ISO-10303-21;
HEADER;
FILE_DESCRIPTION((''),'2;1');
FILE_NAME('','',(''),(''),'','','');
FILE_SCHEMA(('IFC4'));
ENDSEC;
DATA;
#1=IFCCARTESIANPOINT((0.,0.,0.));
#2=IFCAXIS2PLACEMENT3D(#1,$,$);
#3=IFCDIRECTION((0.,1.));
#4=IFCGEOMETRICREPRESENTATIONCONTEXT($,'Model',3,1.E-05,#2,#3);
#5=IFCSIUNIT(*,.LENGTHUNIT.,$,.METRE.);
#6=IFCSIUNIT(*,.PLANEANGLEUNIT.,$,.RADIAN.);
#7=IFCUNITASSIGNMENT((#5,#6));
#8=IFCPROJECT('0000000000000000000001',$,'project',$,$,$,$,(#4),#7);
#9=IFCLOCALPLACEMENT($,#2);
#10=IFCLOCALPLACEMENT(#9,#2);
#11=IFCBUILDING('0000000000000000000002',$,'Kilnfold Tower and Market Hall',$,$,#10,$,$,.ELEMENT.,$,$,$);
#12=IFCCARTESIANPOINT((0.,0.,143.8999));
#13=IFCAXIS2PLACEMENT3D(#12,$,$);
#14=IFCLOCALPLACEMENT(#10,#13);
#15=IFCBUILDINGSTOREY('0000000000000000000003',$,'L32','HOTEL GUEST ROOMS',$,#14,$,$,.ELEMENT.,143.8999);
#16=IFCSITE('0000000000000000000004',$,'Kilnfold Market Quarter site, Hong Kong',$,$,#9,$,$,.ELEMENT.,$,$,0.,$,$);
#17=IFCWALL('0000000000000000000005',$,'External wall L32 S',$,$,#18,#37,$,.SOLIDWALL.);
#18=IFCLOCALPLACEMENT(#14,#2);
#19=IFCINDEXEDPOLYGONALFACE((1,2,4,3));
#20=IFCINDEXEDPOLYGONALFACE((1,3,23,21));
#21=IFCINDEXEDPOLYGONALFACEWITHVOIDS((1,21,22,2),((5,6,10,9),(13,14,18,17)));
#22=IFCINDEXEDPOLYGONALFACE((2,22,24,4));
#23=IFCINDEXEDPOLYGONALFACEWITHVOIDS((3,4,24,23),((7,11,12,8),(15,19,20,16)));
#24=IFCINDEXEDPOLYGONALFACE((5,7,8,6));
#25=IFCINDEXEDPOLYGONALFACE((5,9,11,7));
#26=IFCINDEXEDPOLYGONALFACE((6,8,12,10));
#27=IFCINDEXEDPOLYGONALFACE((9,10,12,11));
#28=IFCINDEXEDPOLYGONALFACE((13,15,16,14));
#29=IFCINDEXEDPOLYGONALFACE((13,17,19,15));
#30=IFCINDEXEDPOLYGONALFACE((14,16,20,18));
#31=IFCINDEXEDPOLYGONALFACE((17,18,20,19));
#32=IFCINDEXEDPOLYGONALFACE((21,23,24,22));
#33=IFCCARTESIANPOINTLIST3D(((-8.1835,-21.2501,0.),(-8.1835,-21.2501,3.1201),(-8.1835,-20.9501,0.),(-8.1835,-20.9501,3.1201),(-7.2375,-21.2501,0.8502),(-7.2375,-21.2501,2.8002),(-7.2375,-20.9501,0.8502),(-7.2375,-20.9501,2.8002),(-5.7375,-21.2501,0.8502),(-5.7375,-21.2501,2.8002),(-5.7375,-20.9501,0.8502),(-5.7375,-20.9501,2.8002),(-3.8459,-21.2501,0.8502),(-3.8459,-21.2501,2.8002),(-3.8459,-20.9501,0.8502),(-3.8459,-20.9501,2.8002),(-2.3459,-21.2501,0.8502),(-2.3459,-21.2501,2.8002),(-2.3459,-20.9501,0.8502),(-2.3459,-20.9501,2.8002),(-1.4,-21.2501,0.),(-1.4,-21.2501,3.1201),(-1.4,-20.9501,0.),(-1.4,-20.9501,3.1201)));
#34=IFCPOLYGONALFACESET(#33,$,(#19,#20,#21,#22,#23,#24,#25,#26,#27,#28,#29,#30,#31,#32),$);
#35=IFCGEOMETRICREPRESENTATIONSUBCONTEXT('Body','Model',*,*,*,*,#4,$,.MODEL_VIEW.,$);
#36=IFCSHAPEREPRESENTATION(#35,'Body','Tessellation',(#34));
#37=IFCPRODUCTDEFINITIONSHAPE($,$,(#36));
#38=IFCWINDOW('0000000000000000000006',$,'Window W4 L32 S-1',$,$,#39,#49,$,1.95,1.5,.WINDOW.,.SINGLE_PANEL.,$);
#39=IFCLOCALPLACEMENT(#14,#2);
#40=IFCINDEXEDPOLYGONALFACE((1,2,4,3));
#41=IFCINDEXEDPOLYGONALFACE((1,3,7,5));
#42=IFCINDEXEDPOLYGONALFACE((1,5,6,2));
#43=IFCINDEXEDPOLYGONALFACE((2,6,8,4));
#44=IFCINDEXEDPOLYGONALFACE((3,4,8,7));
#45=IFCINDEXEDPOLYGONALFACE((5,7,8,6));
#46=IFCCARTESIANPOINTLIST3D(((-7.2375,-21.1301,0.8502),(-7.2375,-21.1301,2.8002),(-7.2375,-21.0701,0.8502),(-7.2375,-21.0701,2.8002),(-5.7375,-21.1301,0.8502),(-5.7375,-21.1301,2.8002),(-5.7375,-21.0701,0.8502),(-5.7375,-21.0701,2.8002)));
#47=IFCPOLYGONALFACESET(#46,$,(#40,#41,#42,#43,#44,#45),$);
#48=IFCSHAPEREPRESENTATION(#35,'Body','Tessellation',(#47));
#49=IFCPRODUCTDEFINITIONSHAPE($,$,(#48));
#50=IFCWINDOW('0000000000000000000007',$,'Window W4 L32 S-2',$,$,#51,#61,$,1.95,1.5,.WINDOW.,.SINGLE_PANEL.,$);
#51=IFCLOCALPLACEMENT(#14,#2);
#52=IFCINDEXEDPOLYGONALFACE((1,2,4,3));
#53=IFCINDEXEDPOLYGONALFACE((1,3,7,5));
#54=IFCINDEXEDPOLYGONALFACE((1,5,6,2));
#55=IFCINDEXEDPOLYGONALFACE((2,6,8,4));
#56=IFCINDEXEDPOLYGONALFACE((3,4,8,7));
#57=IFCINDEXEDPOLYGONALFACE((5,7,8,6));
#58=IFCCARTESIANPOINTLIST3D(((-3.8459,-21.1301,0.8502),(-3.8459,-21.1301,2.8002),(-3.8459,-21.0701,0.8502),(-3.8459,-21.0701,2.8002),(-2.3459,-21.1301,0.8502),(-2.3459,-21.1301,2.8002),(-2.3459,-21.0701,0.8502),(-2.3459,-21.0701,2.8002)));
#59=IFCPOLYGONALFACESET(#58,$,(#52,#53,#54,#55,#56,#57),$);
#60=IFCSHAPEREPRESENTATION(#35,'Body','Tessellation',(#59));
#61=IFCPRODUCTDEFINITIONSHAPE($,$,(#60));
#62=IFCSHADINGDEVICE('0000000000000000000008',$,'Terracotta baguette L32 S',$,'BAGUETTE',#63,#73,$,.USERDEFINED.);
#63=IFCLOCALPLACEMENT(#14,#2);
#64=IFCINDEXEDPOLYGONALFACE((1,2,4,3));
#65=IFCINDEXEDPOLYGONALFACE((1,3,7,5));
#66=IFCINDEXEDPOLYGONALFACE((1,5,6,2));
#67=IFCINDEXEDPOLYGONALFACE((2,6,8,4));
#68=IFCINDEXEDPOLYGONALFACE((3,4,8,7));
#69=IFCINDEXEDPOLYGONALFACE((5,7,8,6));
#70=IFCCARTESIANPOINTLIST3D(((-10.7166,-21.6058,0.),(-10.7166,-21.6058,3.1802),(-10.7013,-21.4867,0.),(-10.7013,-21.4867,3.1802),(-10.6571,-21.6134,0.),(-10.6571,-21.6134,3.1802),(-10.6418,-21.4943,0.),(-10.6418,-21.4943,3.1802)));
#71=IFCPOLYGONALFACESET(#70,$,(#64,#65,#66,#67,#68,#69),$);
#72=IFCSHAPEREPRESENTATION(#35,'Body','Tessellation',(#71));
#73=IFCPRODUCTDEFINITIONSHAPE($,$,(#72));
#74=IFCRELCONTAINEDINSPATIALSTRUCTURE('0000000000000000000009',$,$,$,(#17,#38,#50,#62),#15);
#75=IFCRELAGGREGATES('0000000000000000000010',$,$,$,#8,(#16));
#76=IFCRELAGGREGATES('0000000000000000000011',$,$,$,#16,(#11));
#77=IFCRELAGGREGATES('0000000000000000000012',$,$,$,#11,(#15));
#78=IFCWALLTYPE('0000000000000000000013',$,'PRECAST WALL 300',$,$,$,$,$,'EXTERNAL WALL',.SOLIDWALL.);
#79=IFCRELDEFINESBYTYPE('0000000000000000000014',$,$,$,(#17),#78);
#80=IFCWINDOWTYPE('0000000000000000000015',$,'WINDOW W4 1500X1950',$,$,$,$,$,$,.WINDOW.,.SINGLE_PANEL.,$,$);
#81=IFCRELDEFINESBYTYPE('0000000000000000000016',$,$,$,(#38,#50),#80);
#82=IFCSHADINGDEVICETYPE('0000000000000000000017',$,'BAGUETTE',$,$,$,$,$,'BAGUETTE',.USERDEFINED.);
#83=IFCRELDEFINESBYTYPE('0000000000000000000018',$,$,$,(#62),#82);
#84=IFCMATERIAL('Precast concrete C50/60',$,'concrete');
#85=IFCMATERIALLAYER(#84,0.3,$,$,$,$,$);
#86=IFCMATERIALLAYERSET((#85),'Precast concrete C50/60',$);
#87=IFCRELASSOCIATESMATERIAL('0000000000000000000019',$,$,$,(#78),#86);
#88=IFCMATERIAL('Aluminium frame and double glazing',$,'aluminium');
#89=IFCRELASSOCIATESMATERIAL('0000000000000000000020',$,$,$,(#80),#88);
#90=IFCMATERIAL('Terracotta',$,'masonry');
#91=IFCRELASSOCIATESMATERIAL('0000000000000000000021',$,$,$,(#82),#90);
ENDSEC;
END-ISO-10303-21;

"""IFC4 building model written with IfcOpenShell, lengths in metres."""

from ifc_helpers import new_model, si_unit, direction, frame, frame_2d, origin, origin_2d, place, context, subcontext, project, spatial, rectangle, extrude, source, transform, mapped, material, layer, layer_set, material_profile, profile_set, type_object, element, fill, save


model = new_model("IFC4")

# Units and contexts
model_context = context("Model", 3, precision=1e-05, world=origin(), true_north=direction((0.0, 1.0)))
body_context = subcontext(model_context, "Body", "Model", "MODEL_VIEW")
ifc_project = project(units=[si_unit("LENGTHUNIT", "METRE"), si_unit("PLANEANGLEUNIT", "RADIAN")], contexts=[model_context])

# Site, building, storey
site_placement = place(None, origin())
site = spatial("IfcSite", under=ifc_project, at=site_placement, Name="Kilnfold Market Quarter site, Hong Kong", CompositionType="ELEMENT", RefElevation=0.0)
building_placement = place(site_placement, origin())
building = spatial("IfcBuilding", under=site, at=building_placement, Name="Kilnfold Tower and Market Hall", CompositionType="ELEMENT")
storey_placement = place(building_placement, frame((0.0, 0.0, 143.8999)))
storey = spatial("IfcBuildingStorey", under=building, at=storey_placement, Name="L32", Description="HOTEL GUEST ROOMS", CompositionType="ELEMENT", Elevation=143.8999)

# Wall, openings, windows
ifc_material_1 = material(Name="Precast concrete C50/60", Category="concrete")
ifc_layer_1 = layer(ifc_material_1, 0.3)
ifc_layer_set_1 = layer_set([ifc_layer_1], Name="Precast concrete C50/60")
wall_type_1 = type_object("IfcWallType", Name="PRECAST WALL 300", ElementType="EXTERNAL WALL", PredefinedType="SOLIDWALL", material=ifc_layer_set_1)
shared_shape_1 = source(origin(), body_context, "Body", "SweptSolid", [
    extrude(rectangle(XDim=6.7834, YDim=0.3, at=frame_2d((3.3916, 0.0))), origin(), (0.0, 0.0, 1.0), 3.1201),
])
wall_1_placement = place(storey_placement, frame((-8.1833, -21.1001, 0.0), z_axis=(0.0, 0.0, 1.0), x_axis=(1.0, 0.0, 0.0)))
wall_1 = element("IfcWall", 1, at=wall_1_placement, inside=storey, type_object=wall_type_1, Name="External wall L32 S", PredefinedType="SOLIDWALL", context=body_context, shape_type="MappedRepresentation", body=[
    mapped(shared_shape_1, transform((0.0, 0.0, 0.0))),
])
opening_1_placement = place(wall_1_placement, frame((0.9458, 0.0, 0.8501)))
opening_1 = element("IfcOpeningElement", 2, at=opening_1_placement, cuts=wall_1, PredefinedType="OPENING", context=body_context, shape_type="SweptSolid", body=[
    extrude(rectangle(XDim=1.5, YDim=1.95, at=frame_2d((0.75, 0.9751))), frame((0.0, 0.1602, 0.0), z_axis=(0.0, -1.0, 0.0), x_axis=(1.0, 0.0, 0.0)), (0.0, 0.0, 1.0), 0.3201),
])
opening_2_placement = place(wall_1_placement, frame((4.3374, 0.0, 0.8501)))
opening_2 = element("IfcOpeningElement", 3, at=opening_2_placement, cuts=wall_1, PredefinedType="OPENING", context=body_context, shape_type="SweptSolid", body=[
    extrude(rectangle(XDim=1.5, YDim=1.95, at=frame_2d((0.75, 0.9751))), frame((0.0, 0.1602, 0.0), z_axis=(0.0, -1.0, 0.0), x_axis=(1.0, 0.0, 0.0)), (0.0, 0.0, 1.0), 0.3201),
])
ifc_material_2 = material(Name="Aluminium frame and double glazing", Category="aluminium")
window_type = type_object("IfcWindowType", Name="WINDOW W4 1500X1950", PartitioningType="SINGLE_PANEL", PredefinedType="WINDOW", material=ifc_material_2)
window_1_placement = place(opening_1_placement, origin())
window_1 = element("IfcWindow", 4, at=window_1_placement, inside=storey, type_object=window_type, Name="Window W4 L32 S-1", OverallHeight=1.95, OverallWidth=1.5, PartitioningType="SINGLE_PANEL", PredefinedType="WINDOW", context=body_context, shape_type="SweptSolid", body=[
    extrude(rectangle(XDim=1.5, YDim=1.95, at=frame_2d((0.75, 0.9751))), frame((0.0, 0.03, 0.0), z_axis=(0.0, -1.0, 0.0), x_axis=(1.0, 0.0, 0.0)), (0.0, 0.0, 1.0), 0.0601),
])
fill(opening_1, window_1)
window_2_placement = place(opening_2_placement, origin())
window_2 = element("IfcWindow", 5, at=window_2_placement, inside=storey, type_object=window_type, Name="Window W4 L32 S-2", OverallHeight=1.95, OverallWidth=1.5, PartitioningType="SINGLE_PANEL", PredefinedType="WINDOW", context=body_context, shape_type="SweptSolid", body=[
    extrude(rectangle(XDim=1.5, YDim=1.95, at=frame_2d((0.75, 0.9751))), frame((0.0, 0.03, 0.0), z_axis=(0.0, -1.0, 0.0), x_axis=(1.0, 0.0, 0.0)), (0.0, 0.0, 1.0), 0.0601),
])
fill(opening_2, window_2)

# Shading device
ifc_material_3 = material(Name="Terracotta", Category="masonry")
ifc_material_profile_1 = material_profile(ifc_material_3, rectangle(XDim=0.0601, YDim=0.1201, at=origin_2d()), Name="BAG 60x120")
ifc_profile_set_1 = profile_set([ifc_material_profile_1], Name="Terracotta")
shading_device_type = type_object("IfcShadingDeviceType", Name="BAGUETTE", ElementType="BAGUETTE", PredefinedType="USERDEFINED", material=ifc_profile_set_1)
shared_shape_2 = source(origin(), body_context, "Body", "SweptSolid", [
    extrude(rectangle(XDim=0.0601, YDim=0.1201, at=origin_2d()), origin(), (0.0, 0.0, 1.0), 3.1802),
])
shading_device_placement = place(storey_placement, frame((-10.6792, -21.55, 0.0), z_axis=(0.0, 0.0, 1.0), x_axis=(0.991829, -0.127574, 0.0)))
element("IfcShadingDevice", 6, at=shading_device_placement, inside=storey, type_object=shading_device_type, Name="Terracotta baguette L32 S", ObjectType="BAGUETTE", PredefinedType="USERDEFINED", context=body_context, shape_type="MappedRepresentation", body=[
    mapped(shared_shape_2, transform((0.0, 0.0, 0.0))),
])

save(model, "model.ifc")
